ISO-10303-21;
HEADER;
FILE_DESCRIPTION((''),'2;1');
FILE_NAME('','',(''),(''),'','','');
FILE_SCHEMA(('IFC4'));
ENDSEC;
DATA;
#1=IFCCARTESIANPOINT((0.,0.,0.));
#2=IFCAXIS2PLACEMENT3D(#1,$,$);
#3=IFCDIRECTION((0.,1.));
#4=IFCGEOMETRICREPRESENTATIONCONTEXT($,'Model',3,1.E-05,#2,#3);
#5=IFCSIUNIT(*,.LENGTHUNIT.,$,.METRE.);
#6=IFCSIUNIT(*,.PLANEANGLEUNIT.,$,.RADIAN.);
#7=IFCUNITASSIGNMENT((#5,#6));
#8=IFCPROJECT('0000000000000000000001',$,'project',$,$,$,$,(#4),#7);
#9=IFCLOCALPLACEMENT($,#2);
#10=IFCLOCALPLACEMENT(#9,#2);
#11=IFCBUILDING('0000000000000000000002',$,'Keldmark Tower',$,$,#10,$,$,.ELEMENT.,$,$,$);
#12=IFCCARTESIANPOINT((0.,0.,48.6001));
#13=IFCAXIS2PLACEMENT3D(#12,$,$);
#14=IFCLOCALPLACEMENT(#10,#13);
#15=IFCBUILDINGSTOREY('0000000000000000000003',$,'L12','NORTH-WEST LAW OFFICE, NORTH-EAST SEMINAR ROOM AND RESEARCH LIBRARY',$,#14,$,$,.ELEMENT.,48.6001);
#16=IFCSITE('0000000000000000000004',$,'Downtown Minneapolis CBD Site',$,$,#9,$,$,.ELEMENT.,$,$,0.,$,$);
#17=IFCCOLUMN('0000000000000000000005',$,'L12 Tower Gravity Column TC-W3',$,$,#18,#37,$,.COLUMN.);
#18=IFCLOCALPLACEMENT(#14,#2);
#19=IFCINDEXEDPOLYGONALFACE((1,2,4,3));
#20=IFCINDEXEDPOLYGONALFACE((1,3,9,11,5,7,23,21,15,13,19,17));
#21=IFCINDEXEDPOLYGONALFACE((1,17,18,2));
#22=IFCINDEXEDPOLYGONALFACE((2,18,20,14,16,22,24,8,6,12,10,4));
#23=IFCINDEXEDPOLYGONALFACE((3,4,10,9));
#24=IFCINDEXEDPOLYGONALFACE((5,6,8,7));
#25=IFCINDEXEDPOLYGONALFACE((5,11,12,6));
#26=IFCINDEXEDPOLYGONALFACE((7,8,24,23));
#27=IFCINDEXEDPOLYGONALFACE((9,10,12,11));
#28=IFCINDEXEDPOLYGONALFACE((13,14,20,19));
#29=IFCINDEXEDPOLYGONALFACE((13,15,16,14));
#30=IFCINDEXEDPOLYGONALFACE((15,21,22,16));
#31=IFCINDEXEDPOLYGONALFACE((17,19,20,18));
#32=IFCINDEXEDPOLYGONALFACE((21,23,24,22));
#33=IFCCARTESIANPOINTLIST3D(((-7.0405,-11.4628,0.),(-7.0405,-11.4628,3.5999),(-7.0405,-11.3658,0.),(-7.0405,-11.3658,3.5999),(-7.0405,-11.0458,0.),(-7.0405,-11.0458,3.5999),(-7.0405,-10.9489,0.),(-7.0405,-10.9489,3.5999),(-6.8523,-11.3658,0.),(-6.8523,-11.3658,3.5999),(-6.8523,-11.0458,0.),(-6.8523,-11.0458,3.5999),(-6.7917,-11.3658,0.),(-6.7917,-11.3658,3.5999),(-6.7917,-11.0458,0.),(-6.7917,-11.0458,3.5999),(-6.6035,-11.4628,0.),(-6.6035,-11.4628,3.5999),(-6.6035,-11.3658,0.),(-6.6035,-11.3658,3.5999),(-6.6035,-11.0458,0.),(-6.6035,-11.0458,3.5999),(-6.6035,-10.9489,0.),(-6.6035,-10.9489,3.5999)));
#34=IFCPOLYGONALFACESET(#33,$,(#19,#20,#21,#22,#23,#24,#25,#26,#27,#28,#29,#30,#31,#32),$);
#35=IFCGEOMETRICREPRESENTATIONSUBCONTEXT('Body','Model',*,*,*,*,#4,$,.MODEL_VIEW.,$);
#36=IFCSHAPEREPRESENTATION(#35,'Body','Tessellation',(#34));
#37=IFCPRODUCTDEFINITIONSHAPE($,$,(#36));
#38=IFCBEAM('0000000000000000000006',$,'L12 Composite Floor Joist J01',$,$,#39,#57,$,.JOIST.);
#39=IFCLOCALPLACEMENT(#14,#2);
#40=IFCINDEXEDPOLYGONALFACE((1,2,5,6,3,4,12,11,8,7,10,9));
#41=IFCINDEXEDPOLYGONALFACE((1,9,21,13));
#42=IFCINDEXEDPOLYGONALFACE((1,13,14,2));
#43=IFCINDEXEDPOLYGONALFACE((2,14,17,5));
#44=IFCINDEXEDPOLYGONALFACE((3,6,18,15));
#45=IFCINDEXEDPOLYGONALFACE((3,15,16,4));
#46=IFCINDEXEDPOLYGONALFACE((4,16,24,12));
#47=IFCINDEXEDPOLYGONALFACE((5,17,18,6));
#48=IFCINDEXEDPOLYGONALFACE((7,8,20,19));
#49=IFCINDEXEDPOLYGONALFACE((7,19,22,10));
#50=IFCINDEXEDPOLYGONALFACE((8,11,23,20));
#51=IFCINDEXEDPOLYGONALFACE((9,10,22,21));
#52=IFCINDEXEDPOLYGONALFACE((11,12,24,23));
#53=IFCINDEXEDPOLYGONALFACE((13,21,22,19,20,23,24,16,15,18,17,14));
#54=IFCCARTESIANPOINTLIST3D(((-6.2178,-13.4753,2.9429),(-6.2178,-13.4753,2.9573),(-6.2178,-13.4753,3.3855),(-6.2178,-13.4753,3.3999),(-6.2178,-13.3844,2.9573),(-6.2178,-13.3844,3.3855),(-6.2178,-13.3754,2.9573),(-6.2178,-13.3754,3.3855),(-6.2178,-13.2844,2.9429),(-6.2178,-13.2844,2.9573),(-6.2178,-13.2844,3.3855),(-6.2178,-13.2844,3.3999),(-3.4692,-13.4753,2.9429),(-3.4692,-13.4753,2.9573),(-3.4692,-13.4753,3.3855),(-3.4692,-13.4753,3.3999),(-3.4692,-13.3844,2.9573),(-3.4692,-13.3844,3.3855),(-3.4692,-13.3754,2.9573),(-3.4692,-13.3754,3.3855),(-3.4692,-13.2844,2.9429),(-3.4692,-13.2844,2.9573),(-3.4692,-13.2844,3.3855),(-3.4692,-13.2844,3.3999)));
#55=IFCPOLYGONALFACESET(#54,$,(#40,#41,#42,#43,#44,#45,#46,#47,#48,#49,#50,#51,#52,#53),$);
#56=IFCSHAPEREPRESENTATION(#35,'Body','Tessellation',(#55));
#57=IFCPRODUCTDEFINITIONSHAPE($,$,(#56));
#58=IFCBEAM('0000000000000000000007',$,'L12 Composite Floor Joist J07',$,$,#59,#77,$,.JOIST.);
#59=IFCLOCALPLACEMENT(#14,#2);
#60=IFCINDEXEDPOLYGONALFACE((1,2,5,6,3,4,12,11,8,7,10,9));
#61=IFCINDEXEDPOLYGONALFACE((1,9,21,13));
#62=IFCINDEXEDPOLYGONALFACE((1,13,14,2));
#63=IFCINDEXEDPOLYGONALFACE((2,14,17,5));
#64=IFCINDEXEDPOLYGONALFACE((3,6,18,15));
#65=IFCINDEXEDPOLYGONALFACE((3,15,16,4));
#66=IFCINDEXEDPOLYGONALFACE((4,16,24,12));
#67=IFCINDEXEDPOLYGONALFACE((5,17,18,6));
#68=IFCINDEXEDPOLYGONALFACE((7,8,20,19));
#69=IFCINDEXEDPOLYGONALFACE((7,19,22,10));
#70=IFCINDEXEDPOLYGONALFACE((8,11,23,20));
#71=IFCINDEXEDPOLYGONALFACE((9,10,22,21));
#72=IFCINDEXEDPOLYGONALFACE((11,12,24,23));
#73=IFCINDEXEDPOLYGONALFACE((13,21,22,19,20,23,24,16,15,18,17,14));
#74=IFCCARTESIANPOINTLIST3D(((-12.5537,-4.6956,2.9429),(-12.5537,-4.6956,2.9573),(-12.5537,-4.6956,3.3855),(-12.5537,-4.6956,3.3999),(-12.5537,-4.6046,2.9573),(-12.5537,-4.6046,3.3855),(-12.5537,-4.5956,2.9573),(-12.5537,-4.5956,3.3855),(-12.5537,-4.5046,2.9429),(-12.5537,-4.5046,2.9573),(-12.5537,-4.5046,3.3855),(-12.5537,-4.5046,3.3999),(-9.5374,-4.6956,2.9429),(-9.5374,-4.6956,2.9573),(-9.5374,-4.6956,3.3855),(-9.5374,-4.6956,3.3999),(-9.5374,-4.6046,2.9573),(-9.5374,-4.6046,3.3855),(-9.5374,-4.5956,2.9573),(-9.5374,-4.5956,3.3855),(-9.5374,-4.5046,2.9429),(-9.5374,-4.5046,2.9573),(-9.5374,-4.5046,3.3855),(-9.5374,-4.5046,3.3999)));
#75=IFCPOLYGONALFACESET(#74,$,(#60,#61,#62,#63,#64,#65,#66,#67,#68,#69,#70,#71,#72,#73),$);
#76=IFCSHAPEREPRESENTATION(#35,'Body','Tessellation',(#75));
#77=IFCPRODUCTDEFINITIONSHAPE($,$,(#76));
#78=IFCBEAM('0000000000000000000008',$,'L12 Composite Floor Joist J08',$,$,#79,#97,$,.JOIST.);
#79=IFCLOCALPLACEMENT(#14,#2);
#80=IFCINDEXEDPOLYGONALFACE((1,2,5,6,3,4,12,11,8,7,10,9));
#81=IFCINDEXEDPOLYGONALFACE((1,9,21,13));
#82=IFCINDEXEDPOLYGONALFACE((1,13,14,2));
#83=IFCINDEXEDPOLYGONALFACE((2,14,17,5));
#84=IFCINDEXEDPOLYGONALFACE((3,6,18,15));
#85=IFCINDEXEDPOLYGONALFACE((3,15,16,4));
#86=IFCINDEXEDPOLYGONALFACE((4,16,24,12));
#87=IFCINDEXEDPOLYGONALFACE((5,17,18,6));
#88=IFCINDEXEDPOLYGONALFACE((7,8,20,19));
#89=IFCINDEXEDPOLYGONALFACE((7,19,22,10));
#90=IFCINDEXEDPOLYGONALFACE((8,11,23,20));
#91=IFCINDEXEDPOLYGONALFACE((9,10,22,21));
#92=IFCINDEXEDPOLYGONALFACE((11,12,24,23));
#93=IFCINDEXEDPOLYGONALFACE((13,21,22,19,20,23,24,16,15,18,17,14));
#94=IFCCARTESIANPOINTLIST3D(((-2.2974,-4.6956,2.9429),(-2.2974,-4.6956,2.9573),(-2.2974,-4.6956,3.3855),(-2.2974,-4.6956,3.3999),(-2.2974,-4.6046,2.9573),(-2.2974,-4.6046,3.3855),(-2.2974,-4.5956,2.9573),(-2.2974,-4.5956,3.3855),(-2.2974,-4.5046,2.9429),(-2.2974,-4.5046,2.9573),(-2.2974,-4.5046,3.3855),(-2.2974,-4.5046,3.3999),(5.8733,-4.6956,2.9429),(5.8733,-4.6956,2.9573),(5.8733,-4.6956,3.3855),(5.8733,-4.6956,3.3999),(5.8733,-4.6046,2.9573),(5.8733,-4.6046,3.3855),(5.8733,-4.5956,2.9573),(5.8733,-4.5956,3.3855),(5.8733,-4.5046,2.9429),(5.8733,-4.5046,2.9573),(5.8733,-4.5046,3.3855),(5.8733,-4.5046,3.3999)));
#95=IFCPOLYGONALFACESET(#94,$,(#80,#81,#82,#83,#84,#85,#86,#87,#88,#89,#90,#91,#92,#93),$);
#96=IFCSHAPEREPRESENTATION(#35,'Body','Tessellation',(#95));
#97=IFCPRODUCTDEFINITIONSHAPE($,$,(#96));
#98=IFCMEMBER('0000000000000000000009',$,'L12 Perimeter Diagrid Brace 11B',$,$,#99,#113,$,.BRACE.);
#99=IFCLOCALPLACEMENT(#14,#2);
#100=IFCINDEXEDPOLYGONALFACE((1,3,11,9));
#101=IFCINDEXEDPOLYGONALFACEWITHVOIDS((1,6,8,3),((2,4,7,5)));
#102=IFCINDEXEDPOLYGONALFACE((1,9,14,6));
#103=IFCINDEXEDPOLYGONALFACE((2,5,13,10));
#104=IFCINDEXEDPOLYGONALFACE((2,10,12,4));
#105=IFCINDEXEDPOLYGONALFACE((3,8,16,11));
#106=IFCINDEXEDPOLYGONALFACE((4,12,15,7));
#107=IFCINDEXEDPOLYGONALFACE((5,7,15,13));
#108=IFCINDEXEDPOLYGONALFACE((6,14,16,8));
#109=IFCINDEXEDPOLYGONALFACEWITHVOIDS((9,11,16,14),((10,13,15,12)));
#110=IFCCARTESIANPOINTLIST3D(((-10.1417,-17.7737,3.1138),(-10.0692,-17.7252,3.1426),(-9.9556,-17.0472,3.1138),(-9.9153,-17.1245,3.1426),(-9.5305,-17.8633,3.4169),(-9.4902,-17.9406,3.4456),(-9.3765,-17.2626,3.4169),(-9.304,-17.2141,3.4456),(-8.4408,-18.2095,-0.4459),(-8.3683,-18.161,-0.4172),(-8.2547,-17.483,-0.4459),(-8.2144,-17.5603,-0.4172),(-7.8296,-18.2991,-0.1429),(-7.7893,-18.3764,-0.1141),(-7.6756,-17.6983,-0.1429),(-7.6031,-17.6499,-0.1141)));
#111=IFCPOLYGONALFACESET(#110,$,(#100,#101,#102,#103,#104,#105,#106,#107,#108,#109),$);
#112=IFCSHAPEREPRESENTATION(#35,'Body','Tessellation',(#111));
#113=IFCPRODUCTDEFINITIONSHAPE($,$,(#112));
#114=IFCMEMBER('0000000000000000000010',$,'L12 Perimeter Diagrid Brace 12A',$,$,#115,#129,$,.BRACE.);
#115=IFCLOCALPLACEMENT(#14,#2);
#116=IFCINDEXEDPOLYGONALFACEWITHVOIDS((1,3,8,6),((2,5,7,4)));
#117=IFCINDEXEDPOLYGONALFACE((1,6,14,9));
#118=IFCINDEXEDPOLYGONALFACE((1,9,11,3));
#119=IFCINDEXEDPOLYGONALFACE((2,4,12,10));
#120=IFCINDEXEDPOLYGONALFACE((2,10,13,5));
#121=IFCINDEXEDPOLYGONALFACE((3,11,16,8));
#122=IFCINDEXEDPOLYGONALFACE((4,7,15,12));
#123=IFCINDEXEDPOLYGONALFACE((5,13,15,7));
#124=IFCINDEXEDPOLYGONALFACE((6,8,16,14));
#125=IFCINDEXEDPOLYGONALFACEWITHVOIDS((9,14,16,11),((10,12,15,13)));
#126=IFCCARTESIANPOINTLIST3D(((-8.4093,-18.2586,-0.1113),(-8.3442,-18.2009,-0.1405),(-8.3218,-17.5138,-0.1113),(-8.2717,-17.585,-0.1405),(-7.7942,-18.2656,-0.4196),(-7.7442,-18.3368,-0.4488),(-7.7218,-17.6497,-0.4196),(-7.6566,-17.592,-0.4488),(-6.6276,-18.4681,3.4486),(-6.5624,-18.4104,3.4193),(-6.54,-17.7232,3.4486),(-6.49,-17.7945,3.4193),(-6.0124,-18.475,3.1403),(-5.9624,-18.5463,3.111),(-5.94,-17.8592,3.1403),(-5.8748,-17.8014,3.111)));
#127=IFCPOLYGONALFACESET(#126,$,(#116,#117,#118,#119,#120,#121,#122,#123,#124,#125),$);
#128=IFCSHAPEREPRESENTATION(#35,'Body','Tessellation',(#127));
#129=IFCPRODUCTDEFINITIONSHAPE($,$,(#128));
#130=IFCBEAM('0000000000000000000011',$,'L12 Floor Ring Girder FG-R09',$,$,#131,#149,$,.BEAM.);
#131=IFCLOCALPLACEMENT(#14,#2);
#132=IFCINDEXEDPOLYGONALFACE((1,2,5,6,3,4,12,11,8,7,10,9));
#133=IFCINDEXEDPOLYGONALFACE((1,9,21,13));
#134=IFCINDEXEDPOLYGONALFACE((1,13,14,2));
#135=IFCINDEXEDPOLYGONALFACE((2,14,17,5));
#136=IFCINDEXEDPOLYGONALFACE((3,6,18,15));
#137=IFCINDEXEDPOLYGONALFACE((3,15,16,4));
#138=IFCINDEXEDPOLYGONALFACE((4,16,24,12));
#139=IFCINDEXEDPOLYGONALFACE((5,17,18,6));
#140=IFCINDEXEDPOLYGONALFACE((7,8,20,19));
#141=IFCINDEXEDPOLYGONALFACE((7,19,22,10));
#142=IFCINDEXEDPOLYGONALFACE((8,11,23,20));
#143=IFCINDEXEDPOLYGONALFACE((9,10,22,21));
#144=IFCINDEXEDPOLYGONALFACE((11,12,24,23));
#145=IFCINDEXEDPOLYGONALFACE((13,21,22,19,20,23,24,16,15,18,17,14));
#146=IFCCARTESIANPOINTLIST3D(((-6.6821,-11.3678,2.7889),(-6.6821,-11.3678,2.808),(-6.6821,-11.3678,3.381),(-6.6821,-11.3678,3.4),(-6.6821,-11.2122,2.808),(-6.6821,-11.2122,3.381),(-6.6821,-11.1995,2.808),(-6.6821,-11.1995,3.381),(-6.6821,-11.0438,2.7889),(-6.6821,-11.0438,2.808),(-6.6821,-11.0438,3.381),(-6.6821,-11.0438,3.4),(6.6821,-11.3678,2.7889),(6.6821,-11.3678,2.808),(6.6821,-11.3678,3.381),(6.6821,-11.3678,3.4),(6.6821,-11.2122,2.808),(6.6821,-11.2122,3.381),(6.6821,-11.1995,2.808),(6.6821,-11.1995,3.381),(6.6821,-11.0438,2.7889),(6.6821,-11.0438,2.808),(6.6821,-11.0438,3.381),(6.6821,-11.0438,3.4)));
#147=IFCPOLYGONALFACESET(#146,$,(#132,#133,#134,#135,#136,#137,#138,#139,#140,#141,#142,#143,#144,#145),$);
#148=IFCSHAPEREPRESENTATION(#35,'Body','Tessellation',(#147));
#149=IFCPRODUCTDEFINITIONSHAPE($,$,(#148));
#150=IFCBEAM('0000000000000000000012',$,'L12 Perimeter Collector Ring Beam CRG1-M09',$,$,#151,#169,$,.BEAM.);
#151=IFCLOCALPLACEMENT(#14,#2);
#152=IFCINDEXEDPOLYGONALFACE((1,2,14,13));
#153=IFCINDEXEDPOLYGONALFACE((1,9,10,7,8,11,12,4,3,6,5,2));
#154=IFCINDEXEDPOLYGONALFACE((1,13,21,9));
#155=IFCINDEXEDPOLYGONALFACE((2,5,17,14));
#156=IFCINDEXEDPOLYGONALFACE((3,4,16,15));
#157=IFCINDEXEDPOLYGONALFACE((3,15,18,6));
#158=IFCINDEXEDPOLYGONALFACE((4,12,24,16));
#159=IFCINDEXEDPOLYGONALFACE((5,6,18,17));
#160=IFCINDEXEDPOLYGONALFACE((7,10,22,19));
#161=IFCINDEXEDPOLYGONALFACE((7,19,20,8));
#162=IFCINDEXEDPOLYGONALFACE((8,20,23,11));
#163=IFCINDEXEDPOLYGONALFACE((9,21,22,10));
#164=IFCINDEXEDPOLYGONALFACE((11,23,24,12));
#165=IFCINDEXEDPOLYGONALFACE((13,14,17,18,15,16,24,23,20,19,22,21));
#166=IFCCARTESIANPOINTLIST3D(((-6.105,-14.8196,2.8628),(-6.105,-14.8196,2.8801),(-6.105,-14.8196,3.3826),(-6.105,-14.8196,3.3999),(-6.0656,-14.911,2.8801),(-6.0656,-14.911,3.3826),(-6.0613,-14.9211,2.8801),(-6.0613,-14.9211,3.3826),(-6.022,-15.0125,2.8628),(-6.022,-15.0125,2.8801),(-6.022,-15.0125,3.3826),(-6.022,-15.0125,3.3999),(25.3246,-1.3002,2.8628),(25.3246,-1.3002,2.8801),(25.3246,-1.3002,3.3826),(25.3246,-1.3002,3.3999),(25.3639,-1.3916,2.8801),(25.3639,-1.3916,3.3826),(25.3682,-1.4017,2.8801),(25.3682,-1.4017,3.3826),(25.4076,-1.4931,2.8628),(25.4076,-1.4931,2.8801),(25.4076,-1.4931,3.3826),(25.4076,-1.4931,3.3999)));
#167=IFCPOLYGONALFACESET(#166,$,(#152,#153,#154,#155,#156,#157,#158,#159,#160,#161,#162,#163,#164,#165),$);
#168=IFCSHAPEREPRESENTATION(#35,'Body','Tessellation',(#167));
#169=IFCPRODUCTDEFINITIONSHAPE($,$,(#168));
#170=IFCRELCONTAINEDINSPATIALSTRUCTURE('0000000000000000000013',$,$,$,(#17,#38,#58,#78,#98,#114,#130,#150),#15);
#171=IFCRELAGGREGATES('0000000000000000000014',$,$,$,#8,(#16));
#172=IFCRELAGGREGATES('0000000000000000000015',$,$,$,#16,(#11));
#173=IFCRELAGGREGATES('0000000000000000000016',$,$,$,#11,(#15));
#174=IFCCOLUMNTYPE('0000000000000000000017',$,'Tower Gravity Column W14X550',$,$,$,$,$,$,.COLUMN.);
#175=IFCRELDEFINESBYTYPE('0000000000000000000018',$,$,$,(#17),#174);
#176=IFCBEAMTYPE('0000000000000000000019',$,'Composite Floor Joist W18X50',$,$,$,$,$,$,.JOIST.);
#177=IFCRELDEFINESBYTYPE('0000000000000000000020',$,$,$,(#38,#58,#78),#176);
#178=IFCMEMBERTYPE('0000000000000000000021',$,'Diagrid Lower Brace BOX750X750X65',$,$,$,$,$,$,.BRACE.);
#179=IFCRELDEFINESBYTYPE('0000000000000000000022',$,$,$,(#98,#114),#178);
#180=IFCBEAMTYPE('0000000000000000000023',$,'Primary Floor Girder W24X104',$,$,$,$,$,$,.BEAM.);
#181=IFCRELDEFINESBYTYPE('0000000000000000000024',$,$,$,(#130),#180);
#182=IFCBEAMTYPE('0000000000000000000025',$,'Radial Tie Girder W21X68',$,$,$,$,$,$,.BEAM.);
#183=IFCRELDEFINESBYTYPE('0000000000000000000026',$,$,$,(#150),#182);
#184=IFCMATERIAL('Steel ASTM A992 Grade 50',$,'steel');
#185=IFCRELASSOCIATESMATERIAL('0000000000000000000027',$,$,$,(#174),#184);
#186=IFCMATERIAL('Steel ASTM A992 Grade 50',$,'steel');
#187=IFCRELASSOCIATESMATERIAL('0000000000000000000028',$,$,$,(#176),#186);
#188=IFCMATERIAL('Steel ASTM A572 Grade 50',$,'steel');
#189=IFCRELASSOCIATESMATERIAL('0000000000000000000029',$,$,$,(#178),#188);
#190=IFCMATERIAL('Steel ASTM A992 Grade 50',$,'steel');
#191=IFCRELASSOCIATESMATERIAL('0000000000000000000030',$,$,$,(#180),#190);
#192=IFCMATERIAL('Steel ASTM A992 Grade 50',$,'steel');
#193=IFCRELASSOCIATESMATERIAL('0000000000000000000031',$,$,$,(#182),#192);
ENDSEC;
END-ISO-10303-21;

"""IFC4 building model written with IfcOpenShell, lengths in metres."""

from ifc_helpers import new_model, si_unit, direction, frame, origin, origin_2d, place, context, subcontext, project, spatial, hollow_rectangle, i_section, extrude, material, material_profile, profile_set, type_object, element, save


model = new_model("IFC4")

# Units and contexts
model_context = context("Model", 3, precision=1e-05, world=origin(), true_north=direction((0.0, 1.0)))
body_context = subcontext(model_context, "Body", "Model", "MODEL_VIEW")
ifc_project = project(units=[si_unit("LENGTHUNIT", "METRE"), si_unit("PLANEANGLEUNIT", "RADIAN")], contexts=[model_context])

# Site, building, storey
site_placement = place(None, origin())
site = spatial("IfcSite", under=ifc_project, at=site_placement, Name="Downtown Minneapolis CBD Site", CompositionType="ELEMENT", RefElevation=0.0)
building_placement = place(site_placement, origin())
building = spatial("IfcBuilding", under=site, at=building_placement, Name="Keldmark Tower", CompositionType="ELEMENT")
storey_placement = place(building_placement, frame((0.0, 0.0, 48.6001)))
storey = spatial("IfcBuildingStorey", under=building, at=storey_placement, Name="L12", Description="NORTH-WEST LAW OFFICE, NORTH-EAST SEMINAR ROOM AND RESEARCH LIBRARY", CompositionType="ELEMENT", Elevation=48.6001)

# Column
ifc_material_1 = material(Name="Steel ASTM A992 Grade 50", Category="steel")
ifc_material_profile_1 = material_profile(ifc_material_1, i_section(OverallWidth=0.437, OverallDepth=0.5139, WebThickness=0.0605, FlangeThickness=0.0969, at=origin_2d()), Name="W14X550")
ifc_profile_set_1 = profile_set([ifc_material_profile_1], Name="Steel ASTM A992 Grade 50")
column_type = type_object("IfcColumnType", Name="Tower Gravity Column W14X550", PredefinedType="COLUMN", material=ifc_profile_set_1)
column_placement = place(storey_placement, frame((-6.822, -11.2058, 0.0), z_axis=(0.0, 0.0, 1.0), x_axis=(1.0, 0.0, 0.0)))
element("IfcColumn", 1, at=column_placement, inside=storey, type_object=column_type, Name="L12 Tower Gravity Column TC-W3", PredefinedType="COLUMN", context=body_context, shape_type="SweptSolid", body=[
    extrude(i_section(OverallWidth=0.437, OverallDepth=0.5139, WebThickness=0.0605, FlangeThickness=0.0969, at=origin_2d()), origin(), (0.0, 0.0, 1.0), 3.5999),
])

# Beams
ifc_material_2 = material(Name="Steel ASTM A992 Grade 50", Category="steel")
ifc_material_profile_2 = material_profile(ifc_material_2, i_section(OverallWidth=0.1909, OverallDepth=0.457, WebThickness=0.009, FlangeThickness=0.0144, at=origin_2d()), Name="W18X50")
ifc_profile_set_2 = profile_set([ifc_material_profile_2], Name="Steel ASTM A992 Grade 50")
beam_type_1 = type_object("IfcBeamType", Name="Composite Floor Joist W18X50", PredefinedType="JOIST", material=ifc_profile_set_2)
beam_1_placement = place(storey_placement, frame((-6.2178, -13.3799, 3.1714), z_axis=(1.0, 0.0, 0.0), x_axis=(0.0, 1.0, 0.0)))
element("IfcBeam", 2, at=beam_1_placement, inside=storey, type_object=beam_type_1, Name="L12 Composite Floor Joist J01", PredefinedType="JOIST", context=body_context, shape_type="SweptSolid", body=[
    extrude(i_section(OverallWidth=0.1909, OverallDepth=0.457, WebThickness=0.009, FlangeThickness=0.0144, at=origin_2d()), origin(), (0.0, 0.0, 1.0), 2.7485),
])
beam_2_placement = place(storey_placement, frame((-12.5537, -4.6001, 3.1714), z_axis=(1.0, 0.0, 0.0), x_axis=(0.0, 1.0, 0.0)))
element("IfcBeam", 3, at=beam_2_placement, inside=storey, type_object=beam_type_1, Name="L12 Composite Floor Joist J07", PredefinedType="JOIST", context=body_context, shape_type="SweptSolid", body=[
    extrude(i_section(OverallWidth=0.1909, OverallDepth=0.457, WebThickness=0.009, FlangeThickness=0.0144, at=origin_2d()), origin(), (0.0, 0.0, 1.0), 3.0164),
])
beam_3_placement = place(storey_placement, frame((-2.2974, -4.6001, 3.1714), z_axis=(1.0, 0.0, 0.0), x_axis=(0.0, 1.0, 0.0)))
element("IfcBeam", 4, at=beam_3_placement, inside=storey, type_object=beam_type_1, Name="L12 Composite Floor Joist J08", PredefinedType="JOIST", context=body_context, shape_type="SweptSolid", body=[
    extrude(i_section(OverallWidth=0.1909, OverallDepth=0.457, WebThickness=0.009, FlangeThickness=0.0144, at=origin_2d()), origin(), (0.0, 0.0, 1.0), 8.1707),
])

# Members
ifc_material_3 = material(Name="Steel ASTM A572 Grade 50", Category="steel")
ifc_material_profile_3 = material_profile(ifc_material_3, hollow_rectangle(XDim=0.75, YDim=0.75, WallThickness=0.0649, at=origin_2d()), Name="BOX750X750X65")
ifc_profile_set_3 = profile_set([ifc_material_profile_3], Name="Steel ASTM A572 Grade 50")
member_type = type_object("IfcMemberType", Name="Diagrid Lower Brace BOX750X750X65", PredefinedType="BRACE", material=ifc_profile_set_3)
member_1_placement = place(storey_placement, frame((-8.022, -17.9297, -0.28), z_axis=(-0.428521, 0.10979, 0.896837), x_axis=(-0.248191, -0.968711, 0.0)))
element("IfcMember", 5, at=member_1_placement, inside=storey, type_object=member_type, Name="L12 Perimeter Diagrid Brace 11B", PredefinedType="BRACE", context=body_context, shape_type="SweptSolid", body=[
    extrude(hollow_rectangle(XDim=0.75, YDim=0.75, WallThickness=0.0649, at=origin_2d()), origin(), (0.0, 0.0, 1.0), 3.9692),
])
member_2_placement = place(storey_placement, frame((-8.033, -17.9253, -0.28), z_axis=(0.446963, -0.052548, 0.893008), x_axis=(0.116762, 0.99316, 0.0)))
element("IfcMember", 6, at=member_2_placement, inside=storey, type_object=member_type, Name="L12 Perimeter Diagrid Brace 12A", PredefinedType="BRACE", context=body_context, shape_type="SweptSolid", body=[
    extrude(hollow_rectangle(XDim=0.75, YDim=0.75, WallThickness=0.0649, at=origin_2d()), origin(), (0.0, 0.0, 1.0), 3.9863),
])

# Beams
ifc_material_4 = material(Name="Steel ASTM A992 Grade 50", Category="steel")
ifc_material_profile_4 = material_profile(ifc_material_4, i_section(OverallWidth=0.324, OverallDepth=0.6111, WebThickness=0.0127, FlangeThickness=0.019, at=origin_2d()), Name="W24X104")
ifc_profile_set_4 = profile_set([ifc_material_profile_4], Name="Steel ASTM A992 Grade 50")
beam_type_2 = type_object("IfcBeamType", Name="Primary Floor Girder W24X104", PredefinedType="BEAM", material=ifc_profile_set_4)
beam_4_placement = place(storey_placement, frame((-6.6821, -11.2058, 3.0945), z_axis=(1.0, 0.0, 0.0), x_axis=(0.0, 1.0, 0.0)))
element("IfcBeam", 7, at=beam_4_placement, inside=storey, type_object=beam_type_2, Name="L12 Floor Ring Girder FG-R09", PredefinedType="BEAM", context=body_context, shape_type="SweptSolid", body=[
    extrude(i_section(OverallWidth=0.324, OverallDepth=0.6111, WebThickness=0.0127, FlangeThickness=0.019, at=origin_2d()), origin(), (0.0, 0.0, 1.0), 13.3643),
])
ifc_material_5 = material(Name="Steel ASTM A992 Grade 50", Category="steel")
ifc_material_profile_5 = material_profile(ifc_material_5, i_section(OverallWidth=0.21, OverallDepth=0.5371, WebThickness=0.011, FlangeThickness=0.0173, at=origin_2d()), Name="W21X68")
ifc_profile_set_5 = profile_set([ifc_material_profile_5], Name="Steel ASTM A992 Grade 50")
beam_type_3 = type_object("IfcBeamType", Name="Radial Tie Girder W21X68", PredefinedType="BEAM", material=ifc_profile_set_5)
beam_5_placement = place(storey_placement, frame((-6.0635, -14.916, 3.1313), z_axis=(0.91862, 0.395142, 0.0), x_axis=(-0.395142, 0.91862, 0.0)))
element("IfcBeam", 8, at=beam_5_placement, inside=storey, type_object=beam_type_3, Name="L12 Perimeter Collector Ring Beam CRG1-M09", PredefinedType="BEAM", context=body_context, shape_type="SweptSolid", body=[
    extrude(i_section(OverallWidth=0.21, OverallDepth=0.5371, WebThickness=0.011, FlangeThickness=0.0173, at=origin_2d()), origin(), (0.0, 0.0, 1.0), 34.2139),
])

save(model, "model.ifc")
